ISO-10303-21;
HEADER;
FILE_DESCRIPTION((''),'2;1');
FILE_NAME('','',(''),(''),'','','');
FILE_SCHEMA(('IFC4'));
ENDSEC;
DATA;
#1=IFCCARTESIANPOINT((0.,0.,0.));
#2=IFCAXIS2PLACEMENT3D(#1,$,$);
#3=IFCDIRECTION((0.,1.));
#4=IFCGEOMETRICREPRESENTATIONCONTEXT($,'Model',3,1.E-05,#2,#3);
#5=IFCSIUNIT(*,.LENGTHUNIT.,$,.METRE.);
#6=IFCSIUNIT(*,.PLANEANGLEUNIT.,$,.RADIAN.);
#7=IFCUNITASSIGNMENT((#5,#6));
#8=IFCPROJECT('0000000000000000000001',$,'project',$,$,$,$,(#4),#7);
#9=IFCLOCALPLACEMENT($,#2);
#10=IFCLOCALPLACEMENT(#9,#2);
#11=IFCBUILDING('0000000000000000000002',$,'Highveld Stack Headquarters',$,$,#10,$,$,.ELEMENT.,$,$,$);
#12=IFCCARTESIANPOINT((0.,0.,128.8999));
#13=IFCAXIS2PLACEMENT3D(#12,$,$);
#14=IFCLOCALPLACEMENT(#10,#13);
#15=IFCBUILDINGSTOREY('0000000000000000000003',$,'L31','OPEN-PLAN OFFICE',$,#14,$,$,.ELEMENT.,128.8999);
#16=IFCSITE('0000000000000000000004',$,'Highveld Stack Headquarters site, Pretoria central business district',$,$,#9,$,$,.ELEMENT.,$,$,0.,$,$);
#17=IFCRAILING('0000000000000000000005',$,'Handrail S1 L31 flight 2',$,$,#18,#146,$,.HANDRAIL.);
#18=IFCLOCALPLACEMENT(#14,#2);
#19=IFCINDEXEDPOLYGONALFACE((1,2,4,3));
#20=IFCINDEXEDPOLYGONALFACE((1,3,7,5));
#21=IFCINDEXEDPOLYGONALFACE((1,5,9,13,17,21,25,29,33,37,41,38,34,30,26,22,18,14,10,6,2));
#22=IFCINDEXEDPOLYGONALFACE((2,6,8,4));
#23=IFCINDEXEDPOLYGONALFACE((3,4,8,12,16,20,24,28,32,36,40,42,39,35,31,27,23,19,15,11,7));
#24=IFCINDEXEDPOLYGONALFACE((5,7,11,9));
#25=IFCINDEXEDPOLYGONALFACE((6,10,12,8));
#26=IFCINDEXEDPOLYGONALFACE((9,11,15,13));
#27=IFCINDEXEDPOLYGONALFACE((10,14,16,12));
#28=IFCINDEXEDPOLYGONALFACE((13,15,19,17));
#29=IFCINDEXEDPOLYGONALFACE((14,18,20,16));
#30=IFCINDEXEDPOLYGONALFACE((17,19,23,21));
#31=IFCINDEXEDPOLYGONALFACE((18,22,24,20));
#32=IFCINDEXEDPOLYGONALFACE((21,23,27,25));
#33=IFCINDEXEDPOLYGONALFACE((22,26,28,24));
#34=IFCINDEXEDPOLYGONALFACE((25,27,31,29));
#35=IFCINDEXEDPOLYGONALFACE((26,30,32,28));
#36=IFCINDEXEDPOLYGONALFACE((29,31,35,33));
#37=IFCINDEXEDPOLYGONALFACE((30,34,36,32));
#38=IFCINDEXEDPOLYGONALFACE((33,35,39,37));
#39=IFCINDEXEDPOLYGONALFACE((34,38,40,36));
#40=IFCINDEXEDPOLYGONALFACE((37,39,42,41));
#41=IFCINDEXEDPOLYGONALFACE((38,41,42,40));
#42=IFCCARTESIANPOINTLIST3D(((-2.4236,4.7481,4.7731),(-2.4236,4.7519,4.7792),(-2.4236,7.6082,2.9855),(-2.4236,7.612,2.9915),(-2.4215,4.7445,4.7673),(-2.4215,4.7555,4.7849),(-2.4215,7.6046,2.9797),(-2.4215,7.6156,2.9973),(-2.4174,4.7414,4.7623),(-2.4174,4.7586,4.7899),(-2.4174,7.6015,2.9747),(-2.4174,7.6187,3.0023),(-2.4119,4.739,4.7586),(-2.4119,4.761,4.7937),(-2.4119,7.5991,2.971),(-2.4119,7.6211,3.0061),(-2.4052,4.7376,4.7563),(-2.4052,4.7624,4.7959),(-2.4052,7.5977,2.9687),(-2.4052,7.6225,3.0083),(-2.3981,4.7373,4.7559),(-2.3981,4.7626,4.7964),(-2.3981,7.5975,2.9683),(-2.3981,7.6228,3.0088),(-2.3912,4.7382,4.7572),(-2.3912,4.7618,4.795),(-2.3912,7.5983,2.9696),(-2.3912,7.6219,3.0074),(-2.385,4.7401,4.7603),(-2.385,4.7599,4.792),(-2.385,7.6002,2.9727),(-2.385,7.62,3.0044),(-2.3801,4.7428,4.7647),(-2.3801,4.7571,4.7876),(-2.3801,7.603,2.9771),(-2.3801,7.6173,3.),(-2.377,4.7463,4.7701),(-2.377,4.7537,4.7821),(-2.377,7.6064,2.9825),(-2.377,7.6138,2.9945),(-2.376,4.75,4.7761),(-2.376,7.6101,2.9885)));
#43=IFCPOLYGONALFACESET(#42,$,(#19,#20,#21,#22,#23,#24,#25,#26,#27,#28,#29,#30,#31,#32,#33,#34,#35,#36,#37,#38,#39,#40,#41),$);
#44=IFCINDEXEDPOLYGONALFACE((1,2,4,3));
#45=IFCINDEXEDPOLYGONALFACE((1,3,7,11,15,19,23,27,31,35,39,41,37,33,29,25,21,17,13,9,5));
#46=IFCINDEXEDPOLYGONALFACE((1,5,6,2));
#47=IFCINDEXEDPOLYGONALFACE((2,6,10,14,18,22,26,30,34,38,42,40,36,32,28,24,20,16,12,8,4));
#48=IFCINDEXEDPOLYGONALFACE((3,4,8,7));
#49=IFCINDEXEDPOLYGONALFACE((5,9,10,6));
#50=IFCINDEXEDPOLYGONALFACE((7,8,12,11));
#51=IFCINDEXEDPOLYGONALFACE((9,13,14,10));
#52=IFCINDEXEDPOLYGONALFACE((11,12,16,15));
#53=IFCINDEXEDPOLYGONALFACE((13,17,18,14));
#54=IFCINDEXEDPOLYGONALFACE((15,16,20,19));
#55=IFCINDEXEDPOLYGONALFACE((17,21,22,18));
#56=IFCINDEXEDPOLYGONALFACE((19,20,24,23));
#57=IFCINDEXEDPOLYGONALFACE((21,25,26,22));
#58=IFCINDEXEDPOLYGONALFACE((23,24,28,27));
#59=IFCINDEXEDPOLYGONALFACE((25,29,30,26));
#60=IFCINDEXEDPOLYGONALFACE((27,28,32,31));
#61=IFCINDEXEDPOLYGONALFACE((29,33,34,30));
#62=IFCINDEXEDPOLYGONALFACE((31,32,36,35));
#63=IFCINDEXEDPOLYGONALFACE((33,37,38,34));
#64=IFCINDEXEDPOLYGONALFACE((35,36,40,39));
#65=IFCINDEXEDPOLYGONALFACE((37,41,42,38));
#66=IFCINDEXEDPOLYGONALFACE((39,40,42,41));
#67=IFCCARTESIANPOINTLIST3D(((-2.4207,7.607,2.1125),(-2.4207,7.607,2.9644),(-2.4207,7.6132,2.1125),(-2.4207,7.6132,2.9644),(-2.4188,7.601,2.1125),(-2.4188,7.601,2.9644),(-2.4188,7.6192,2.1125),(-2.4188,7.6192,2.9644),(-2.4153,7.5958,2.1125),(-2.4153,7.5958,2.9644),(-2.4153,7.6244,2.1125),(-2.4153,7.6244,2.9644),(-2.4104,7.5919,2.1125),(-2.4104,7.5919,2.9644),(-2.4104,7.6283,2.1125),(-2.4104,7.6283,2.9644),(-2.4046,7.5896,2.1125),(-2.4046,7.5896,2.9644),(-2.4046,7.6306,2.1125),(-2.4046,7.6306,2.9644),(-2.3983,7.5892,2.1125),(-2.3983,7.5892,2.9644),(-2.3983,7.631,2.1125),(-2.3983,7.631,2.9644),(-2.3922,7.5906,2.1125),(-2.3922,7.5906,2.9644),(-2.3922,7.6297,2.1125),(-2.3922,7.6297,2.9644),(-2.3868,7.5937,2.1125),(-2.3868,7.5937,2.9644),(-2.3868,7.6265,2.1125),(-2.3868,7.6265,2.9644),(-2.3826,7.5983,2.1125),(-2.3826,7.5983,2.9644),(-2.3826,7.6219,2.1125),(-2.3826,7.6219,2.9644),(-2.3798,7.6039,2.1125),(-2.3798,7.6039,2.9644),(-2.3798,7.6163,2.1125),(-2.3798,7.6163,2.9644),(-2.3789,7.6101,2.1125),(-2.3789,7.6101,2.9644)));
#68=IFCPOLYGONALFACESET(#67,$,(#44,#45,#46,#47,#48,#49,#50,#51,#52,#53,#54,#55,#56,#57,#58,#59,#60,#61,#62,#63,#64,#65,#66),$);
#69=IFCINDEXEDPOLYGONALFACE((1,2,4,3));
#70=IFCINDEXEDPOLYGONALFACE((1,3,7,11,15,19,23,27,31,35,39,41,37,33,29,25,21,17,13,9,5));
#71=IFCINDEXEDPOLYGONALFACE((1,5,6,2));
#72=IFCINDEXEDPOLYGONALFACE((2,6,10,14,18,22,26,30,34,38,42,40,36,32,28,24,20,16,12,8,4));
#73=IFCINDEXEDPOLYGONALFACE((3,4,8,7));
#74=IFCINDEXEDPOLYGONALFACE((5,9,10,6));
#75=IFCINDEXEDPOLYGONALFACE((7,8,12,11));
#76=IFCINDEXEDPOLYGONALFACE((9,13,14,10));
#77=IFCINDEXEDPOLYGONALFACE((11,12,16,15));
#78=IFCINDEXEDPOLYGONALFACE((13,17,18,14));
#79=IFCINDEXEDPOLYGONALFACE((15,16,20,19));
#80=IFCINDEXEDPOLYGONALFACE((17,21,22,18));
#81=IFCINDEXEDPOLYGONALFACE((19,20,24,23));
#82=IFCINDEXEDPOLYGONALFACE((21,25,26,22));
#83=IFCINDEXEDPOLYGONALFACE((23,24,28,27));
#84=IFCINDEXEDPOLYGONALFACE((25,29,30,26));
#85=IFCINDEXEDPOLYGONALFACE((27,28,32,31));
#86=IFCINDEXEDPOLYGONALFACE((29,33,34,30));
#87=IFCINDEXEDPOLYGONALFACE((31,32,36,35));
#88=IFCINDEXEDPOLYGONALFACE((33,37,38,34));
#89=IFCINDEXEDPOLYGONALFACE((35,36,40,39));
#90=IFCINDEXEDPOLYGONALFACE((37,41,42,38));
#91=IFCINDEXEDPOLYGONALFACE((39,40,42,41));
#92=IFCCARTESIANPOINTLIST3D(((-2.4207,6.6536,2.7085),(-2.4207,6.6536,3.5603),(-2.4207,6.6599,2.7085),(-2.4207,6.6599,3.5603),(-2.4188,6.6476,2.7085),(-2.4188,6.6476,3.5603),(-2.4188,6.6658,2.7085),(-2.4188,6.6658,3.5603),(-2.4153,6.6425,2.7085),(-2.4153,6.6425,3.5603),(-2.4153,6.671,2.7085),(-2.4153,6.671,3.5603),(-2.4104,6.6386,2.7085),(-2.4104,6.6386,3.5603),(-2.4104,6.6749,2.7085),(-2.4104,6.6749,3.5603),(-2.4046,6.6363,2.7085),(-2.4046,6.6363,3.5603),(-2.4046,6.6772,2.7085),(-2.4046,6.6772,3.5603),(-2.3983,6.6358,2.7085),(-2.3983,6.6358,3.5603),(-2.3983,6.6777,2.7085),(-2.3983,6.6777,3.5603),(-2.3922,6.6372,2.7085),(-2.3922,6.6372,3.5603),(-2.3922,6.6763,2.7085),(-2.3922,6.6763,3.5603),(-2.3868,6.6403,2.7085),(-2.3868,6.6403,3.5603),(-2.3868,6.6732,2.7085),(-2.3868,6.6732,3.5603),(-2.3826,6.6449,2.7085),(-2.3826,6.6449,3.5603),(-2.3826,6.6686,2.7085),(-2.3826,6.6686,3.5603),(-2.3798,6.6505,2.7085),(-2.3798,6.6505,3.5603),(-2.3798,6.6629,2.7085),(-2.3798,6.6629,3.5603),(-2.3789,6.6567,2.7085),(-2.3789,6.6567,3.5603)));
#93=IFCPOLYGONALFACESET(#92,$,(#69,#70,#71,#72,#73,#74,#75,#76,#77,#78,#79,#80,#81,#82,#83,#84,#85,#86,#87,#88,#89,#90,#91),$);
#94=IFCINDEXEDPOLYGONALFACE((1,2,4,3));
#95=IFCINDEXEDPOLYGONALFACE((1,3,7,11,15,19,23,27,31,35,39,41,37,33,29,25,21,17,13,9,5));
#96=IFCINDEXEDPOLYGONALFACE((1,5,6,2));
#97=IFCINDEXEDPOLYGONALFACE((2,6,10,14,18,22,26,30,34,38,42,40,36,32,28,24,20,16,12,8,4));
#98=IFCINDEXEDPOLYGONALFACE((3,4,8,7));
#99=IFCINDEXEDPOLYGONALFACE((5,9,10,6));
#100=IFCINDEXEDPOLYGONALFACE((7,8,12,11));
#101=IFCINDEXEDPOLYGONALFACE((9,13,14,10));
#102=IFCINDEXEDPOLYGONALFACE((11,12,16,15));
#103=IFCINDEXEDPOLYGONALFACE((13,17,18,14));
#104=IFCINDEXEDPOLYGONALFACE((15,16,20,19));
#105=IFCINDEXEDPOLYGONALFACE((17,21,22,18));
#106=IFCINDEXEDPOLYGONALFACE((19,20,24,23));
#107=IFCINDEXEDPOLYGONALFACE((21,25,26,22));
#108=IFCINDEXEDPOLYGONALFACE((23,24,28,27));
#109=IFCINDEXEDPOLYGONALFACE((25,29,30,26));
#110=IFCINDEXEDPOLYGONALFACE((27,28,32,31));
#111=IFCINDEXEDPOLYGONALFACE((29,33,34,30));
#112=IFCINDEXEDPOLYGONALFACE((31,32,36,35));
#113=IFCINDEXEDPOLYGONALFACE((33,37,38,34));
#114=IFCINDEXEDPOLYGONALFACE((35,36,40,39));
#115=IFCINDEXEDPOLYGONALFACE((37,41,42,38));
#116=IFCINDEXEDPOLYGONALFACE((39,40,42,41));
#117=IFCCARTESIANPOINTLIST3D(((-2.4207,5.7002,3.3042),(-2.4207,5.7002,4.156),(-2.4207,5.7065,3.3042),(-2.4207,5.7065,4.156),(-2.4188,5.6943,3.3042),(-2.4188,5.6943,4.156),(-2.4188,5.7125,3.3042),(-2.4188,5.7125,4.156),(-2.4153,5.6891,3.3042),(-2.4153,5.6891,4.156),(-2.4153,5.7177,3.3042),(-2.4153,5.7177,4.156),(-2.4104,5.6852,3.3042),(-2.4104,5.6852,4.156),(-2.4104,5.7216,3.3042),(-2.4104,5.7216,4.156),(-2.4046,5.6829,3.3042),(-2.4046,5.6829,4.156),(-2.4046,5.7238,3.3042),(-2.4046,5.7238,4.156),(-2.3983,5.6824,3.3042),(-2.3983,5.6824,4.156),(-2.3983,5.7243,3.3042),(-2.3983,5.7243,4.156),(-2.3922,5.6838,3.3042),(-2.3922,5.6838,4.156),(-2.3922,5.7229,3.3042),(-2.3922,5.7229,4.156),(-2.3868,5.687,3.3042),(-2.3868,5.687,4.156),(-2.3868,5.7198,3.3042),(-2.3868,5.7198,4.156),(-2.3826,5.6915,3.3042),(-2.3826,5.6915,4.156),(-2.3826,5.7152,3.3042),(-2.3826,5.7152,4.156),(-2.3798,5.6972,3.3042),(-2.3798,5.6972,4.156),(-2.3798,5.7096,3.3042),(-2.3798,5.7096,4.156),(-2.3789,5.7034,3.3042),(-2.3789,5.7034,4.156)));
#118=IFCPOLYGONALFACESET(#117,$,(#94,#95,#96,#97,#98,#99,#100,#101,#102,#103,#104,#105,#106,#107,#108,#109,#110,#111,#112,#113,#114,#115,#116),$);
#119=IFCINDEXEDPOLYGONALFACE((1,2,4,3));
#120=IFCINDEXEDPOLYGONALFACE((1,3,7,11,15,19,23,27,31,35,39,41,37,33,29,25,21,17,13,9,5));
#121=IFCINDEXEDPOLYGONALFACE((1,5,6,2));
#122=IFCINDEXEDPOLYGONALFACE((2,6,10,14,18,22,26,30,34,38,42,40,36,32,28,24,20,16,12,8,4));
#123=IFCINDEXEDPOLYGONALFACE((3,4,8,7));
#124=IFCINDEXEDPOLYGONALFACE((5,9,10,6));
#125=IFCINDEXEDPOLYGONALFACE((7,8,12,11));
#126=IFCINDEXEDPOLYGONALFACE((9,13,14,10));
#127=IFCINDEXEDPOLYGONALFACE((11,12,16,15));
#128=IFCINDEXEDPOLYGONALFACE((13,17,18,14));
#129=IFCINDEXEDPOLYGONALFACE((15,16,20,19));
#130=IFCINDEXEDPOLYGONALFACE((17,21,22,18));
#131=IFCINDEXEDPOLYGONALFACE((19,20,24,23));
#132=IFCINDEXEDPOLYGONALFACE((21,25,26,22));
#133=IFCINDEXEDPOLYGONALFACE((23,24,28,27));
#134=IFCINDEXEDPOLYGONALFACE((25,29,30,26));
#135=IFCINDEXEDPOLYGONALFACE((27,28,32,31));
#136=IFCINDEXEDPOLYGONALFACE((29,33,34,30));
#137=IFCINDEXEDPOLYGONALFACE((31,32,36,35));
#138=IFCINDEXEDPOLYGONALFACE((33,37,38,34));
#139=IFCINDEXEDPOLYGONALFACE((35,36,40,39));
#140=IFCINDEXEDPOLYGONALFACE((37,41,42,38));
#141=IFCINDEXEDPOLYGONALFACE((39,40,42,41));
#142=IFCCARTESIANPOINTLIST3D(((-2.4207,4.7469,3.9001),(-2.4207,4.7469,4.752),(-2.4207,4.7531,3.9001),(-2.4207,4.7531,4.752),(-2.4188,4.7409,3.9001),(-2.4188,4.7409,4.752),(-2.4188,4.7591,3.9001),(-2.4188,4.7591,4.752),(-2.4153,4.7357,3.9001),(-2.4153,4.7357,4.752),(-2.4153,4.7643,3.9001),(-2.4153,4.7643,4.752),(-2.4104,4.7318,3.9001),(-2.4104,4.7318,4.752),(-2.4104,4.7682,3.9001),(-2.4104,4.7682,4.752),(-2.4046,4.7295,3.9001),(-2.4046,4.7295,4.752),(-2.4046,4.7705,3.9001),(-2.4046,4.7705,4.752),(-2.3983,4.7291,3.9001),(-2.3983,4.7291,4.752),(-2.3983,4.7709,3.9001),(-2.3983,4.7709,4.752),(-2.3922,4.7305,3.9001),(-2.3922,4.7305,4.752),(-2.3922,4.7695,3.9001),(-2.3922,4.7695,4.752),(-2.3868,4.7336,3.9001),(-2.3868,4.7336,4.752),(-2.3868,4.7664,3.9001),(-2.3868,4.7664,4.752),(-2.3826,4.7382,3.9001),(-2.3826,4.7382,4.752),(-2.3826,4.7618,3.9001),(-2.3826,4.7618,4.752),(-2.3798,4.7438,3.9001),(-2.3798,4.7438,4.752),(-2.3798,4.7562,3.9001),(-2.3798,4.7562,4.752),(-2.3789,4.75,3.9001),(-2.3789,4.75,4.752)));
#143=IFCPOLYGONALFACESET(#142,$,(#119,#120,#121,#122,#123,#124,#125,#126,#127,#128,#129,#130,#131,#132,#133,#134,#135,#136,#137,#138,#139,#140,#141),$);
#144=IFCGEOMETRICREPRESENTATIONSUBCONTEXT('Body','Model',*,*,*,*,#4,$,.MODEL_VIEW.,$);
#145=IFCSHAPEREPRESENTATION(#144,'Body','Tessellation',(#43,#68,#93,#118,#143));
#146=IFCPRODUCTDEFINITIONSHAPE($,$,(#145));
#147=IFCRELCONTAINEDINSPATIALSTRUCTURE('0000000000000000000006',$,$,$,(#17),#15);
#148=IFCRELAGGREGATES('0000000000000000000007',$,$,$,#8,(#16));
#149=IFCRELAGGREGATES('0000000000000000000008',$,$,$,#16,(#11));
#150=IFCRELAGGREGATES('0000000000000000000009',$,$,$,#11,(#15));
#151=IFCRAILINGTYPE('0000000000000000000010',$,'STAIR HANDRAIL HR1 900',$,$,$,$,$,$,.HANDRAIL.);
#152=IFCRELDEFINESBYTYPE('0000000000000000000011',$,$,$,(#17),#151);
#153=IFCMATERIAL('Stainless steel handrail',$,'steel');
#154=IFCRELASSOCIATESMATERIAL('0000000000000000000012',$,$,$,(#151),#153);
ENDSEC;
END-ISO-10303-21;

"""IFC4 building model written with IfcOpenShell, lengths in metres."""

from ifc_helpers import new_model, si_unit, direction, frame, origin, origin_2d, place, context, subcontext, project, spatial, circle, extrude, material, type_object, element, save


model = new_model("IFC4")

# Units and contexts
model_context = context("Model", 3, precision=1e-05, world=origin(), true_north=direction((0.0, 1.0)))
body_context = subcontext(model_context, "Body", "Model", "MODEL_VIEW")
ifc_project = project(units=[si_unit("LENGTHUNIT", "METRE"), si_unit("PLANEANGLEUNIT", "RADIAN")], contexts=[model_context])

# Site, building, storey
site_placement = place(None, origin())
site = spatial("IfcSite", under=ifc_project, at=site_placement, Name="Highveld Stack Headquarters site, Pretoria central business district", CompositionType="ELEMENT", RefElevation=0.0)
building_placement = place(site_placement, origin())
building = spatial("IfcBuilding", under=site, at=building_placement, Name="Highveld Stack Headquarters", CompositionType="ELEMENT")
storey_placement = place(building_placement, frame((0.0, 0.0, 128.8999)))
storey = spatial("IfcBuildingStorey", under=building, at=storey_placement, Name="L31", Description="OPEN-PLAN OFFICE", CompositionType="ELEMENT", Elevation=128.8999)

# Railing
ifc_material_1 = material(Name="Stainless steel handrail", Category="steel")
railing_type = type_object("IfcRailingType", Name="STAIR HANDRAIL HR1 900", PredefinedType="HANDRAIL", material=ifc_material_1)
for number, where, name in (
    (1, (-2.3999, 7.6101, 2.1125), "Handrail S1 L31 flight 2"),
):
    element("IfcRailing", number, at=place(storey_placement, frame(where)), inside=storey, type_object=railing_type, Name=name, PredefinedType="HANDRAIL", context=body_context, shape_type="SweptSolid", body=[
        extrude(circle(Radius=0.0239, at=origin_2d()), frame((0.0, 0.0, 0.876), z_axis=(0.0, -0.847994, 0.530005), x_axis=(1.0, 0.0, 0.0)), (0.0, 0.0, 1.0), 3.3728),
        extrude(circle(Radius=0.021, at=origin_2d()), origin(), (0.0, 0.0, 1.0), 0.8518),
        extrude(circle(Radius=0.021, at=origin_2d()), frame((0.0, -0.9534, 0.5959)), (0.0, 0.0, 1.0), 0.8518),
        extrude(circle(Radius=0.021, at=origin_2d()), frame((0.0, -1.9067, 1.1917)), (0.0, 0.0, 1.0), 0.8518),
        extrude(circle(Radius=0.021, at=origin_2d()), frame((0.0, -2.8601, 1.7876)), (0.0, 0.0, 1.0), 0.8518),
    ])

save(model, "model.ifc")
